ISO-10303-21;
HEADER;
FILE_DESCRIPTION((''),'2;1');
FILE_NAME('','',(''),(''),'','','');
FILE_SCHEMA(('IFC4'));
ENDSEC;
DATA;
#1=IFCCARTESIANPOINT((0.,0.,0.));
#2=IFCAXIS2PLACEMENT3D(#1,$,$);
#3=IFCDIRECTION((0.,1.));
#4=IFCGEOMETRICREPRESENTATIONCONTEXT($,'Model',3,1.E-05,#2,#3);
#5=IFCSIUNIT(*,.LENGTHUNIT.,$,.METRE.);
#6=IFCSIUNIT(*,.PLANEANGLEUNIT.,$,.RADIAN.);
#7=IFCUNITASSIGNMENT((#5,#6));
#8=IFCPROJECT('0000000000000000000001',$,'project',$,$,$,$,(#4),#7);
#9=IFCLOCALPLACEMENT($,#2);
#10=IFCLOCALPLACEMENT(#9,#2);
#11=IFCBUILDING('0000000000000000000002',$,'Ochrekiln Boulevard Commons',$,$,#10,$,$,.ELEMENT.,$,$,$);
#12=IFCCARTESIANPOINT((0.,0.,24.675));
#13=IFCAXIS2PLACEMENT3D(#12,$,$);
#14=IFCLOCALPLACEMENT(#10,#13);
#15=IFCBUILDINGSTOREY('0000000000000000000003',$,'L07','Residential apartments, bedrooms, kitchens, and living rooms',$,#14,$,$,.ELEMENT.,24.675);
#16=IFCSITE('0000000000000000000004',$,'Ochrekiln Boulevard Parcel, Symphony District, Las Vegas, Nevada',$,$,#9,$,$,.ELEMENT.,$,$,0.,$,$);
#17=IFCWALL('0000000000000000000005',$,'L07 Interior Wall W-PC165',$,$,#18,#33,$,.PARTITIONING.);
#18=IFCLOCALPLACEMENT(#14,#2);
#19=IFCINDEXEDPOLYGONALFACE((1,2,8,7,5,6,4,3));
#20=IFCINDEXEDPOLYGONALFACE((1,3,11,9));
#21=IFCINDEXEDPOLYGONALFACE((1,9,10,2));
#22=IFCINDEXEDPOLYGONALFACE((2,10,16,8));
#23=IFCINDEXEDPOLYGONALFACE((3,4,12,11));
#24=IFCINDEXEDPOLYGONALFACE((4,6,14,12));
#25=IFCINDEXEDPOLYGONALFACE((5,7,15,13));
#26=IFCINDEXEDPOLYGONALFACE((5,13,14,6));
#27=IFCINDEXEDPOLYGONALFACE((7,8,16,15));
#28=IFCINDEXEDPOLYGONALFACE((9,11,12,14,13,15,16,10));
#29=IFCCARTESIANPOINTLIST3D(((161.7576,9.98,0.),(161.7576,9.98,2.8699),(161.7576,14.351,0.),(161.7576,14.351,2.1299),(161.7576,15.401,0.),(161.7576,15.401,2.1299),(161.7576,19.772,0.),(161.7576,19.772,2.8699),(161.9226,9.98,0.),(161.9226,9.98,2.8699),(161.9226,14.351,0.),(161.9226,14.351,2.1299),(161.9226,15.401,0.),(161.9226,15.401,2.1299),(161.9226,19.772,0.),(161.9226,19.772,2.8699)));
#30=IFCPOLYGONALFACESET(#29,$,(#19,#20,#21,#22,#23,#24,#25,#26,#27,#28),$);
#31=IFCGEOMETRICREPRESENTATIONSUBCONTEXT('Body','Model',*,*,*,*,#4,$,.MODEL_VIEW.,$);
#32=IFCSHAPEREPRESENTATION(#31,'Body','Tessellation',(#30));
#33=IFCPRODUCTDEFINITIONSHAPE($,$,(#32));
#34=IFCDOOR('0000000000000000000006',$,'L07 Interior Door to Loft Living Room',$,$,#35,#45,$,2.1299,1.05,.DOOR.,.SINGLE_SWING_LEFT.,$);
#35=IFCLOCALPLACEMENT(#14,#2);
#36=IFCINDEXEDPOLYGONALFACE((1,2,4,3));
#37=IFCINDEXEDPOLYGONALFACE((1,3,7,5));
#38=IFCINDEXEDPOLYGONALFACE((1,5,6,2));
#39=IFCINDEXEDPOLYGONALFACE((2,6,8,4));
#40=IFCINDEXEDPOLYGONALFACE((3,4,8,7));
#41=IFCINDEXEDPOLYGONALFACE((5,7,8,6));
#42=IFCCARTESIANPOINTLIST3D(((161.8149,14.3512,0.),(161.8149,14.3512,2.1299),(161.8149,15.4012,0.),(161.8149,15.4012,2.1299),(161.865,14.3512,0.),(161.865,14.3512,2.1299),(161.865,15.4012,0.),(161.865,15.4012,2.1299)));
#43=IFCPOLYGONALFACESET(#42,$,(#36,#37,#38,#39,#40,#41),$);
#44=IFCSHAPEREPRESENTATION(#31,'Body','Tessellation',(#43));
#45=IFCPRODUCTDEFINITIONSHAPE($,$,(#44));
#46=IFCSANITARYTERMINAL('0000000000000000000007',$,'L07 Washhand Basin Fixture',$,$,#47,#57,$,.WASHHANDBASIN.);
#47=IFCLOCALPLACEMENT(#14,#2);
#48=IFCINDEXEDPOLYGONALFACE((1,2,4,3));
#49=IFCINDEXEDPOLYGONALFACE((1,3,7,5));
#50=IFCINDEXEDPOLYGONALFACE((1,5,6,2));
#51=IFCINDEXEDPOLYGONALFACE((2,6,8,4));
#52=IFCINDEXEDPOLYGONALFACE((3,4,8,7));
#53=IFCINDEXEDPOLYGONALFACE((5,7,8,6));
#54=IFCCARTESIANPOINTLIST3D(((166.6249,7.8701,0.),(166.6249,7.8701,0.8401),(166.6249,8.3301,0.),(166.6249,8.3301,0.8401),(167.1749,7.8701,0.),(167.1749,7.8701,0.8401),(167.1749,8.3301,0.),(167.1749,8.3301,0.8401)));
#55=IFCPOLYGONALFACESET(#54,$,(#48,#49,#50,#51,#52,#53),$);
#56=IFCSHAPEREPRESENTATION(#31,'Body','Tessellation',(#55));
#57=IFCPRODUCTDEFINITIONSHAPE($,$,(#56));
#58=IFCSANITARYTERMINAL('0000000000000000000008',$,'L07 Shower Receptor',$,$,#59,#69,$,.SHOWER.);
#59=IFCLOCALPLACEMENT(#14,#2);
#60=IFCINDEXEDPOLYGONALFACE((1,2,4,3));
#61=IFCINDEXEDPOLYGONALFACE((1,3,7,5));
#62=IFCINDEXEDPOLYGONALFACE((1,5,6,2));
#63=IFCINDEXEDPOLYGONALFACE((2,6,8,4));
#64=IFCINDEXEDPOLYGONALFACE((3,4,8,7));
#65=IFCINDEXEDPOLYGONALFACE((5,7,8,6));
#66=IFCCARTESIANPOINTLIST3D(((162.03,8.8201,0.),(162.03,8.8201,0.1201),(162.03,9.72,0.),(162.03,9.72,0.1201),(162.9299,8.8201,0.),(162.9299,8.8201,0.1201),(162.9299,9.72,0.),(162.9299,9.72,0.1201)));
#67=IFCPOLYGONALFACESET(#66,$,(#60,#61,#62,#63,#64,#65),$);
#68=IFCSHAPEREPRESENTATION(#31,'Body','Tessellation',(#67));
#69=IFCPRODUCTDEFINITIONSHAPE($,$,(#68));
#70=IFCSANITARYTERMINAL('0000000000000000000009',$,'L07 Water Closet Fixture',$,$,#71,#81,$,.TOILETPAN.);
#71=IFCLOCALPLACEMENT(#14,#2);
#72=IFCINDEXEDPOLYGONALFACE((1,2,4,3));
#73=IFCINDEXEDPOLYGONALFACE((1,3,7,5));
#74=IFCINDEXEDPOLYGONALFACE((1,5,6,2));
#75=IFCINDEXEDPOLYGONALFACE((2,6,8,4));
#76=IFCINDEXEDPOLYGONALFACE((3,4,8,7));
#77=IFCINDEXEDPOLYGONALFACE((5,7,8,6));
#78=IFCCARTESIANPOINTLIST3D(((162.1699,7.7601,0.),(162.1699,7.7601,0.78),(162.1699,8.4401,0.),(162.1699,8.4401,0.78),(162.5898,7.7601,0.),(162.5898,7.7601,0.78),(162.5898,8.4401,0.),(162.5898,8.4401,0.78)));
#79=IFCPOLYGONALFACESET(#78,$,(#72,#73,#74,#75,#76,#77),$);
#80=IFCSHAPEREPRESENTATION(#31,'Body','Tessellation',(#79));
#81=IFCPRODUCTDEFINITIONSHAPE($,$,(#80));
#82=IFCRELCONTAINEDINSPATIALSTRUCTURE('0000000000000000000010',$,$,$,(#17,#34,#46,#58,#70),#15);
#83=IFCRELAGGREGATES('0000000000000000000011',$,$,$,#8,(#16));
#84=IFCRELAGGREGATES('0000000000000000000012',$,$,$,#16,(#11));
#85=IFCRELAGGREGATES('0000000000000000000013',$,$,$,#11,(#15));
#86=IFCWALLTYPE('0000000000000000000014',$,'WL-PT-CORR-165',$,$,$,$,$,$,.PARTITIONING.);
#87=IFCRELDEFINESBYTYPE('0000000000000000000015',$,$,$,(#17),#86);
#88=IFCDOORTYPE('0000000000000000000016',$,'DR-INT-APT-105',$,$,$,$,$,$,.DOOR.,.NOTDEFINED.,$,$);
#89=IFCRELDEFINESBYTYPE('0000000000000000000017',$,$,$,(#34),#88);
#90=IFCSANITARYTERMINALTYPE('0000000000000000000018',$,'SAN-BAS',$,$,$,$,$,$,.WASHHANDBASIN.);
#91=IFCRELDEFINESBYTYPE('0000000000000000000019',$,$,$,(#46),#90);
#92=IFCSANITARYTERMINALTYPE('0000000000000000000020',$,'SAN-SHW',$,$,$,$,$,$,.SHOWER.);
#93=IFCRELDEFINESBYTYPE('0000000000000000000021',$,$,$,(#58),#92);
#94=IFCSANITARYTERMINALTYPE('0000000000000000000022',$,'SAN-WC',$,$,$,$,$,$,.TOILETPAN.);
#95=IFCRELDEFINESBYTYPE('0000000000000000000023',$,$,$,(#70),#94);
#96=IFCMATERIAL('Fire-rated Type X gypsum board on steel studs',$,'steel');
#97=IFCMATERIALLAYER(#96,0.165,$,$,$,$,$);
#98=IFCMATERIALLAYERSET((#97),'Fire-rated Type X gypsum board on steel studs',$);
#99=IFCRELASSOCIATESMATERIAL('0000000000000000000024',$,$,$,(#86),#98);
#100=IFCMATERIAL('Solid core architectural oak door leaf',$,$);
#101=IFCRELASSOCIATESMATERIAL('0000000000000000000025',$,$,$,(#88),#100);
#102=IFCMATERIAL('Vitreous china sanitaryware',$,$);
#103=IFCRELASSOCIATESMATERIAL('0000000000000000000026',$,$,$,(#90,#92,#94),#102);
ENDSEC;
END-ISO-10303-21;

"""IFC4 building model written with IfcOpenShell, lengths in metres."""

from ifc_helpers import new_model, si_unit, direction, frame, frame_2d, origin, origin_2d, place, context, subcontext, project, spatial, rectangle, extrude, material, layer, layer_set, type_object, element, fill, save


model = new_model("IFC4")

# Units and contexts
model_context = context("Model", 3, precision=1e-05, world=origin(), true_north=direction((0.0, 1.0)))
body_context = subcontext(model_context, "Body", "Model", "MODEL_VIEW")
ifc_project = project(units=[si_unit("LENGTHUNIT", "METRE"), si_unit("PLANEANGLEUNIT", "RADIAN")], contexts=[model_context])

# Site, building, storey
site_placement = place(None, origin())
site = spatial("IfcSite", under=ifc_project, at=site_placement, Name="Ochrekiln Boulevard Parcel, Symphony District, Las Vegas, Nevada", CompositionType="ELEMENT", RefElevation=0.0)
building_placement = place(site_placement, origin())
building = spatial("IfcBuilding", under=site, at=building_placement, Name="Ochrekiln Boulevard Commons", CompositionType="ELEMENT")
storey_placement = place(building_placement, frame((0.0, 0.0, 24.675)))
storey = spatial("IfcBuildingStorey", under=building, at=storey_placement, Name="L07", Description="Residential apartments, bedrooms, kitchens, and living rooms", CompositionType="ELEMENT", Elevation=24.675)

# Shared definitions
ifc_material_1 = material(Name="Solid core architectural oak door leaf")

# Wall, opening, door
ifc_material_2 = material(Name="Fire-rated Type X gypsum board on steel studs", Category="steel")
ifc_layer_1 = layer(ifc_material_2, 0.165)
ifc_layer_set_1 = layer_set([ifc_layer_1], Name="Fire-rated Type X gypsum board on steel studs")
wall_type_1 = type_object("IfcWallType", Name="WL-PT-CORR-165", PredefinedType="PARTITIONING", material=ifc_layer_set_1)
door_type_1 = type_object("IfcDoorType", Name="DR-INT-APT-105", OperationType="NOTDEFINED", PredefinedType="DOOR", material=ifc_material_1)
wall_1_placement = place(storey_placement, frame((161.8401, 9.98, 0.0), z_axis=(0.0, 0.0, 1.0), x_axis=(0.0, 1.0, 0.0)))
wall_1 = element("IfcWall", 1, at=wall_1_placement, inside=storey, type_object=wall_type_1, Name="L07 Interior Wall W-PC165", PredefinedType="PARTITIONING", context=body_context, shape_type="SweptSolid", body=[
    extrude(rectangle(XDim=9.792, YDim=0.165, at=frame_2d((4.896, 0.0))), origin(), (0.0, 0.0, 1.0), 2.8699),
])
opening_1_placement = place(wall_1_placement, frame((4.3711, 0.0, 0.0)))
opening_1 = element("IfcOpeningElement", 2, at=opening_1_placement, cuts=wall_1, PredefinedType="OPENING", context=body_context, shape_type="SweptSolid", body=[
    extrude(rectangle(XDim=1.05, YDim=2.1299, at=frame_2d((0.5249, 1.0649))), frame((0.0, 0.0925, 0.0), z_axis=(0.0, -1.0, 0.0), x_axis=(1.0, 0.0, 0.0)), (0.0, 0.0, 1.0), 0.1851),
])
door_1_placement = place(opening_1_placement, frame((1.05, 0.0, 0.0), z_axis=(0.0, 0.0, 1.0), x_axis=(-1.0, 0.0, 0.0)))
door_1 = element("IfcDoor", 3, at=door_1_placement, inside=storey, type_object=door_type_1, Name="L07 Interior Door to Loft Living Room", OperationType="SINGLE_SWING_LEFT", OverallHeight=2.1299, OverallWidth=1.05, PredefinedType="DOOR", context=body_context, shape_type="SweptSolid", body=[
    extrude(rectangle(XDim=1.05, YDim=2.1299, at=frame_2d((0.5249, 1.0649))), frame((0.0, 0.0249, 0.0), z_axis=(0.0, -1.0, 0.0), x_axis=(1.0, 0.0, 0.0)), (0.0, 0.0, 1.0), 0.05),
])
fill(opening_1, door_1)

# Sanitary terminals
ifc_material_3 = material(Name="Vitreous china sanitaryware")
sanitary_terminal_type_1 = type_object("IfcSanitaryTerminalType", Name="SAN-BAS", PredefinedType="WASHHANDBASIN", material=ifc_material_3)
sanitary_terminal_1_placement = place(storey_placement, frame((166.8999, 8.1001, 0.0), z_axis=(0.0, 0.0, 1.0), x_axis=(1.0, 0.0, 0.0)))
element("IfcSanitaryTerminal", 4, at=sanitary_terminal_1_placement, inside=storey, type_object=sanitary_terminal_type_1, Name="L07 Washhand Basin Fixture", PredefinedType="WASHHANDBASIN", context=body_context, shape_type="SweptSolid", body=[
    extrude(rectangle(XDim=0.55, YDim=0.46, at=origin_2d()), origin(), (0.0, 0.0, 1.0), 0.8401),
])
sanitary_terminal_type_2 = type_object("IfcSanitaryTerminalType", Name="SAN-SHW", PredefinedType="SHOWER", material=ifc_material_3)
sanitary_terminal_2_placement = place(storey_placement, frame((162.48, 9.27, 0.0), z_axis=(0.0, 0.0, 1.0), x_axis=(1.0, 0.0, 0.0)))
element("IfcSanitaryTerminal", 5, at=sanitary_terminal_2_placement, inside=storey, type_object=sanitary_terminal_type_2, Name="L07 Shower Receptor", PredefinedType="SHOWER", context=body_context, shape_type="SweptSolid", body=[
    extrude(rectangle(XDim=0.8999, YDim=0.8999, at=origin_2d()), origin(), (0.0, 0.0, 1.0), 0.1201),
])
sanitary_terminal_type_3 = type_object("IfcSanitaryTerminalType", Name="SAN-WC", PredefinedType="TOILETPAN", material=ifc_material_3)
sanitary_terminal_3_placement = place(storey_placement, frame((162.3799, 8.1001, 0.0), z_axis=(0.0, 0.0, 1.0), x_axis=(1.0, 0.0, 0.0)))
element("IfcSanitaryTerminal", 6, at=sanitary_terminal_3_placement, inside=storey, type_object=sanitary_terminal_type_3, Name="L07 Water Closet Fixture", PredefinedType="TOILETPAN", context=body_context, shape_type="SweptSolid", body=[
    extrude(rectangle(XDim=0.4199, YDim=0.6799, at=origin_2d()), origin(), (0.0, 0.0, 1.0), 0.78),
])

save(model, "model.ifc")
